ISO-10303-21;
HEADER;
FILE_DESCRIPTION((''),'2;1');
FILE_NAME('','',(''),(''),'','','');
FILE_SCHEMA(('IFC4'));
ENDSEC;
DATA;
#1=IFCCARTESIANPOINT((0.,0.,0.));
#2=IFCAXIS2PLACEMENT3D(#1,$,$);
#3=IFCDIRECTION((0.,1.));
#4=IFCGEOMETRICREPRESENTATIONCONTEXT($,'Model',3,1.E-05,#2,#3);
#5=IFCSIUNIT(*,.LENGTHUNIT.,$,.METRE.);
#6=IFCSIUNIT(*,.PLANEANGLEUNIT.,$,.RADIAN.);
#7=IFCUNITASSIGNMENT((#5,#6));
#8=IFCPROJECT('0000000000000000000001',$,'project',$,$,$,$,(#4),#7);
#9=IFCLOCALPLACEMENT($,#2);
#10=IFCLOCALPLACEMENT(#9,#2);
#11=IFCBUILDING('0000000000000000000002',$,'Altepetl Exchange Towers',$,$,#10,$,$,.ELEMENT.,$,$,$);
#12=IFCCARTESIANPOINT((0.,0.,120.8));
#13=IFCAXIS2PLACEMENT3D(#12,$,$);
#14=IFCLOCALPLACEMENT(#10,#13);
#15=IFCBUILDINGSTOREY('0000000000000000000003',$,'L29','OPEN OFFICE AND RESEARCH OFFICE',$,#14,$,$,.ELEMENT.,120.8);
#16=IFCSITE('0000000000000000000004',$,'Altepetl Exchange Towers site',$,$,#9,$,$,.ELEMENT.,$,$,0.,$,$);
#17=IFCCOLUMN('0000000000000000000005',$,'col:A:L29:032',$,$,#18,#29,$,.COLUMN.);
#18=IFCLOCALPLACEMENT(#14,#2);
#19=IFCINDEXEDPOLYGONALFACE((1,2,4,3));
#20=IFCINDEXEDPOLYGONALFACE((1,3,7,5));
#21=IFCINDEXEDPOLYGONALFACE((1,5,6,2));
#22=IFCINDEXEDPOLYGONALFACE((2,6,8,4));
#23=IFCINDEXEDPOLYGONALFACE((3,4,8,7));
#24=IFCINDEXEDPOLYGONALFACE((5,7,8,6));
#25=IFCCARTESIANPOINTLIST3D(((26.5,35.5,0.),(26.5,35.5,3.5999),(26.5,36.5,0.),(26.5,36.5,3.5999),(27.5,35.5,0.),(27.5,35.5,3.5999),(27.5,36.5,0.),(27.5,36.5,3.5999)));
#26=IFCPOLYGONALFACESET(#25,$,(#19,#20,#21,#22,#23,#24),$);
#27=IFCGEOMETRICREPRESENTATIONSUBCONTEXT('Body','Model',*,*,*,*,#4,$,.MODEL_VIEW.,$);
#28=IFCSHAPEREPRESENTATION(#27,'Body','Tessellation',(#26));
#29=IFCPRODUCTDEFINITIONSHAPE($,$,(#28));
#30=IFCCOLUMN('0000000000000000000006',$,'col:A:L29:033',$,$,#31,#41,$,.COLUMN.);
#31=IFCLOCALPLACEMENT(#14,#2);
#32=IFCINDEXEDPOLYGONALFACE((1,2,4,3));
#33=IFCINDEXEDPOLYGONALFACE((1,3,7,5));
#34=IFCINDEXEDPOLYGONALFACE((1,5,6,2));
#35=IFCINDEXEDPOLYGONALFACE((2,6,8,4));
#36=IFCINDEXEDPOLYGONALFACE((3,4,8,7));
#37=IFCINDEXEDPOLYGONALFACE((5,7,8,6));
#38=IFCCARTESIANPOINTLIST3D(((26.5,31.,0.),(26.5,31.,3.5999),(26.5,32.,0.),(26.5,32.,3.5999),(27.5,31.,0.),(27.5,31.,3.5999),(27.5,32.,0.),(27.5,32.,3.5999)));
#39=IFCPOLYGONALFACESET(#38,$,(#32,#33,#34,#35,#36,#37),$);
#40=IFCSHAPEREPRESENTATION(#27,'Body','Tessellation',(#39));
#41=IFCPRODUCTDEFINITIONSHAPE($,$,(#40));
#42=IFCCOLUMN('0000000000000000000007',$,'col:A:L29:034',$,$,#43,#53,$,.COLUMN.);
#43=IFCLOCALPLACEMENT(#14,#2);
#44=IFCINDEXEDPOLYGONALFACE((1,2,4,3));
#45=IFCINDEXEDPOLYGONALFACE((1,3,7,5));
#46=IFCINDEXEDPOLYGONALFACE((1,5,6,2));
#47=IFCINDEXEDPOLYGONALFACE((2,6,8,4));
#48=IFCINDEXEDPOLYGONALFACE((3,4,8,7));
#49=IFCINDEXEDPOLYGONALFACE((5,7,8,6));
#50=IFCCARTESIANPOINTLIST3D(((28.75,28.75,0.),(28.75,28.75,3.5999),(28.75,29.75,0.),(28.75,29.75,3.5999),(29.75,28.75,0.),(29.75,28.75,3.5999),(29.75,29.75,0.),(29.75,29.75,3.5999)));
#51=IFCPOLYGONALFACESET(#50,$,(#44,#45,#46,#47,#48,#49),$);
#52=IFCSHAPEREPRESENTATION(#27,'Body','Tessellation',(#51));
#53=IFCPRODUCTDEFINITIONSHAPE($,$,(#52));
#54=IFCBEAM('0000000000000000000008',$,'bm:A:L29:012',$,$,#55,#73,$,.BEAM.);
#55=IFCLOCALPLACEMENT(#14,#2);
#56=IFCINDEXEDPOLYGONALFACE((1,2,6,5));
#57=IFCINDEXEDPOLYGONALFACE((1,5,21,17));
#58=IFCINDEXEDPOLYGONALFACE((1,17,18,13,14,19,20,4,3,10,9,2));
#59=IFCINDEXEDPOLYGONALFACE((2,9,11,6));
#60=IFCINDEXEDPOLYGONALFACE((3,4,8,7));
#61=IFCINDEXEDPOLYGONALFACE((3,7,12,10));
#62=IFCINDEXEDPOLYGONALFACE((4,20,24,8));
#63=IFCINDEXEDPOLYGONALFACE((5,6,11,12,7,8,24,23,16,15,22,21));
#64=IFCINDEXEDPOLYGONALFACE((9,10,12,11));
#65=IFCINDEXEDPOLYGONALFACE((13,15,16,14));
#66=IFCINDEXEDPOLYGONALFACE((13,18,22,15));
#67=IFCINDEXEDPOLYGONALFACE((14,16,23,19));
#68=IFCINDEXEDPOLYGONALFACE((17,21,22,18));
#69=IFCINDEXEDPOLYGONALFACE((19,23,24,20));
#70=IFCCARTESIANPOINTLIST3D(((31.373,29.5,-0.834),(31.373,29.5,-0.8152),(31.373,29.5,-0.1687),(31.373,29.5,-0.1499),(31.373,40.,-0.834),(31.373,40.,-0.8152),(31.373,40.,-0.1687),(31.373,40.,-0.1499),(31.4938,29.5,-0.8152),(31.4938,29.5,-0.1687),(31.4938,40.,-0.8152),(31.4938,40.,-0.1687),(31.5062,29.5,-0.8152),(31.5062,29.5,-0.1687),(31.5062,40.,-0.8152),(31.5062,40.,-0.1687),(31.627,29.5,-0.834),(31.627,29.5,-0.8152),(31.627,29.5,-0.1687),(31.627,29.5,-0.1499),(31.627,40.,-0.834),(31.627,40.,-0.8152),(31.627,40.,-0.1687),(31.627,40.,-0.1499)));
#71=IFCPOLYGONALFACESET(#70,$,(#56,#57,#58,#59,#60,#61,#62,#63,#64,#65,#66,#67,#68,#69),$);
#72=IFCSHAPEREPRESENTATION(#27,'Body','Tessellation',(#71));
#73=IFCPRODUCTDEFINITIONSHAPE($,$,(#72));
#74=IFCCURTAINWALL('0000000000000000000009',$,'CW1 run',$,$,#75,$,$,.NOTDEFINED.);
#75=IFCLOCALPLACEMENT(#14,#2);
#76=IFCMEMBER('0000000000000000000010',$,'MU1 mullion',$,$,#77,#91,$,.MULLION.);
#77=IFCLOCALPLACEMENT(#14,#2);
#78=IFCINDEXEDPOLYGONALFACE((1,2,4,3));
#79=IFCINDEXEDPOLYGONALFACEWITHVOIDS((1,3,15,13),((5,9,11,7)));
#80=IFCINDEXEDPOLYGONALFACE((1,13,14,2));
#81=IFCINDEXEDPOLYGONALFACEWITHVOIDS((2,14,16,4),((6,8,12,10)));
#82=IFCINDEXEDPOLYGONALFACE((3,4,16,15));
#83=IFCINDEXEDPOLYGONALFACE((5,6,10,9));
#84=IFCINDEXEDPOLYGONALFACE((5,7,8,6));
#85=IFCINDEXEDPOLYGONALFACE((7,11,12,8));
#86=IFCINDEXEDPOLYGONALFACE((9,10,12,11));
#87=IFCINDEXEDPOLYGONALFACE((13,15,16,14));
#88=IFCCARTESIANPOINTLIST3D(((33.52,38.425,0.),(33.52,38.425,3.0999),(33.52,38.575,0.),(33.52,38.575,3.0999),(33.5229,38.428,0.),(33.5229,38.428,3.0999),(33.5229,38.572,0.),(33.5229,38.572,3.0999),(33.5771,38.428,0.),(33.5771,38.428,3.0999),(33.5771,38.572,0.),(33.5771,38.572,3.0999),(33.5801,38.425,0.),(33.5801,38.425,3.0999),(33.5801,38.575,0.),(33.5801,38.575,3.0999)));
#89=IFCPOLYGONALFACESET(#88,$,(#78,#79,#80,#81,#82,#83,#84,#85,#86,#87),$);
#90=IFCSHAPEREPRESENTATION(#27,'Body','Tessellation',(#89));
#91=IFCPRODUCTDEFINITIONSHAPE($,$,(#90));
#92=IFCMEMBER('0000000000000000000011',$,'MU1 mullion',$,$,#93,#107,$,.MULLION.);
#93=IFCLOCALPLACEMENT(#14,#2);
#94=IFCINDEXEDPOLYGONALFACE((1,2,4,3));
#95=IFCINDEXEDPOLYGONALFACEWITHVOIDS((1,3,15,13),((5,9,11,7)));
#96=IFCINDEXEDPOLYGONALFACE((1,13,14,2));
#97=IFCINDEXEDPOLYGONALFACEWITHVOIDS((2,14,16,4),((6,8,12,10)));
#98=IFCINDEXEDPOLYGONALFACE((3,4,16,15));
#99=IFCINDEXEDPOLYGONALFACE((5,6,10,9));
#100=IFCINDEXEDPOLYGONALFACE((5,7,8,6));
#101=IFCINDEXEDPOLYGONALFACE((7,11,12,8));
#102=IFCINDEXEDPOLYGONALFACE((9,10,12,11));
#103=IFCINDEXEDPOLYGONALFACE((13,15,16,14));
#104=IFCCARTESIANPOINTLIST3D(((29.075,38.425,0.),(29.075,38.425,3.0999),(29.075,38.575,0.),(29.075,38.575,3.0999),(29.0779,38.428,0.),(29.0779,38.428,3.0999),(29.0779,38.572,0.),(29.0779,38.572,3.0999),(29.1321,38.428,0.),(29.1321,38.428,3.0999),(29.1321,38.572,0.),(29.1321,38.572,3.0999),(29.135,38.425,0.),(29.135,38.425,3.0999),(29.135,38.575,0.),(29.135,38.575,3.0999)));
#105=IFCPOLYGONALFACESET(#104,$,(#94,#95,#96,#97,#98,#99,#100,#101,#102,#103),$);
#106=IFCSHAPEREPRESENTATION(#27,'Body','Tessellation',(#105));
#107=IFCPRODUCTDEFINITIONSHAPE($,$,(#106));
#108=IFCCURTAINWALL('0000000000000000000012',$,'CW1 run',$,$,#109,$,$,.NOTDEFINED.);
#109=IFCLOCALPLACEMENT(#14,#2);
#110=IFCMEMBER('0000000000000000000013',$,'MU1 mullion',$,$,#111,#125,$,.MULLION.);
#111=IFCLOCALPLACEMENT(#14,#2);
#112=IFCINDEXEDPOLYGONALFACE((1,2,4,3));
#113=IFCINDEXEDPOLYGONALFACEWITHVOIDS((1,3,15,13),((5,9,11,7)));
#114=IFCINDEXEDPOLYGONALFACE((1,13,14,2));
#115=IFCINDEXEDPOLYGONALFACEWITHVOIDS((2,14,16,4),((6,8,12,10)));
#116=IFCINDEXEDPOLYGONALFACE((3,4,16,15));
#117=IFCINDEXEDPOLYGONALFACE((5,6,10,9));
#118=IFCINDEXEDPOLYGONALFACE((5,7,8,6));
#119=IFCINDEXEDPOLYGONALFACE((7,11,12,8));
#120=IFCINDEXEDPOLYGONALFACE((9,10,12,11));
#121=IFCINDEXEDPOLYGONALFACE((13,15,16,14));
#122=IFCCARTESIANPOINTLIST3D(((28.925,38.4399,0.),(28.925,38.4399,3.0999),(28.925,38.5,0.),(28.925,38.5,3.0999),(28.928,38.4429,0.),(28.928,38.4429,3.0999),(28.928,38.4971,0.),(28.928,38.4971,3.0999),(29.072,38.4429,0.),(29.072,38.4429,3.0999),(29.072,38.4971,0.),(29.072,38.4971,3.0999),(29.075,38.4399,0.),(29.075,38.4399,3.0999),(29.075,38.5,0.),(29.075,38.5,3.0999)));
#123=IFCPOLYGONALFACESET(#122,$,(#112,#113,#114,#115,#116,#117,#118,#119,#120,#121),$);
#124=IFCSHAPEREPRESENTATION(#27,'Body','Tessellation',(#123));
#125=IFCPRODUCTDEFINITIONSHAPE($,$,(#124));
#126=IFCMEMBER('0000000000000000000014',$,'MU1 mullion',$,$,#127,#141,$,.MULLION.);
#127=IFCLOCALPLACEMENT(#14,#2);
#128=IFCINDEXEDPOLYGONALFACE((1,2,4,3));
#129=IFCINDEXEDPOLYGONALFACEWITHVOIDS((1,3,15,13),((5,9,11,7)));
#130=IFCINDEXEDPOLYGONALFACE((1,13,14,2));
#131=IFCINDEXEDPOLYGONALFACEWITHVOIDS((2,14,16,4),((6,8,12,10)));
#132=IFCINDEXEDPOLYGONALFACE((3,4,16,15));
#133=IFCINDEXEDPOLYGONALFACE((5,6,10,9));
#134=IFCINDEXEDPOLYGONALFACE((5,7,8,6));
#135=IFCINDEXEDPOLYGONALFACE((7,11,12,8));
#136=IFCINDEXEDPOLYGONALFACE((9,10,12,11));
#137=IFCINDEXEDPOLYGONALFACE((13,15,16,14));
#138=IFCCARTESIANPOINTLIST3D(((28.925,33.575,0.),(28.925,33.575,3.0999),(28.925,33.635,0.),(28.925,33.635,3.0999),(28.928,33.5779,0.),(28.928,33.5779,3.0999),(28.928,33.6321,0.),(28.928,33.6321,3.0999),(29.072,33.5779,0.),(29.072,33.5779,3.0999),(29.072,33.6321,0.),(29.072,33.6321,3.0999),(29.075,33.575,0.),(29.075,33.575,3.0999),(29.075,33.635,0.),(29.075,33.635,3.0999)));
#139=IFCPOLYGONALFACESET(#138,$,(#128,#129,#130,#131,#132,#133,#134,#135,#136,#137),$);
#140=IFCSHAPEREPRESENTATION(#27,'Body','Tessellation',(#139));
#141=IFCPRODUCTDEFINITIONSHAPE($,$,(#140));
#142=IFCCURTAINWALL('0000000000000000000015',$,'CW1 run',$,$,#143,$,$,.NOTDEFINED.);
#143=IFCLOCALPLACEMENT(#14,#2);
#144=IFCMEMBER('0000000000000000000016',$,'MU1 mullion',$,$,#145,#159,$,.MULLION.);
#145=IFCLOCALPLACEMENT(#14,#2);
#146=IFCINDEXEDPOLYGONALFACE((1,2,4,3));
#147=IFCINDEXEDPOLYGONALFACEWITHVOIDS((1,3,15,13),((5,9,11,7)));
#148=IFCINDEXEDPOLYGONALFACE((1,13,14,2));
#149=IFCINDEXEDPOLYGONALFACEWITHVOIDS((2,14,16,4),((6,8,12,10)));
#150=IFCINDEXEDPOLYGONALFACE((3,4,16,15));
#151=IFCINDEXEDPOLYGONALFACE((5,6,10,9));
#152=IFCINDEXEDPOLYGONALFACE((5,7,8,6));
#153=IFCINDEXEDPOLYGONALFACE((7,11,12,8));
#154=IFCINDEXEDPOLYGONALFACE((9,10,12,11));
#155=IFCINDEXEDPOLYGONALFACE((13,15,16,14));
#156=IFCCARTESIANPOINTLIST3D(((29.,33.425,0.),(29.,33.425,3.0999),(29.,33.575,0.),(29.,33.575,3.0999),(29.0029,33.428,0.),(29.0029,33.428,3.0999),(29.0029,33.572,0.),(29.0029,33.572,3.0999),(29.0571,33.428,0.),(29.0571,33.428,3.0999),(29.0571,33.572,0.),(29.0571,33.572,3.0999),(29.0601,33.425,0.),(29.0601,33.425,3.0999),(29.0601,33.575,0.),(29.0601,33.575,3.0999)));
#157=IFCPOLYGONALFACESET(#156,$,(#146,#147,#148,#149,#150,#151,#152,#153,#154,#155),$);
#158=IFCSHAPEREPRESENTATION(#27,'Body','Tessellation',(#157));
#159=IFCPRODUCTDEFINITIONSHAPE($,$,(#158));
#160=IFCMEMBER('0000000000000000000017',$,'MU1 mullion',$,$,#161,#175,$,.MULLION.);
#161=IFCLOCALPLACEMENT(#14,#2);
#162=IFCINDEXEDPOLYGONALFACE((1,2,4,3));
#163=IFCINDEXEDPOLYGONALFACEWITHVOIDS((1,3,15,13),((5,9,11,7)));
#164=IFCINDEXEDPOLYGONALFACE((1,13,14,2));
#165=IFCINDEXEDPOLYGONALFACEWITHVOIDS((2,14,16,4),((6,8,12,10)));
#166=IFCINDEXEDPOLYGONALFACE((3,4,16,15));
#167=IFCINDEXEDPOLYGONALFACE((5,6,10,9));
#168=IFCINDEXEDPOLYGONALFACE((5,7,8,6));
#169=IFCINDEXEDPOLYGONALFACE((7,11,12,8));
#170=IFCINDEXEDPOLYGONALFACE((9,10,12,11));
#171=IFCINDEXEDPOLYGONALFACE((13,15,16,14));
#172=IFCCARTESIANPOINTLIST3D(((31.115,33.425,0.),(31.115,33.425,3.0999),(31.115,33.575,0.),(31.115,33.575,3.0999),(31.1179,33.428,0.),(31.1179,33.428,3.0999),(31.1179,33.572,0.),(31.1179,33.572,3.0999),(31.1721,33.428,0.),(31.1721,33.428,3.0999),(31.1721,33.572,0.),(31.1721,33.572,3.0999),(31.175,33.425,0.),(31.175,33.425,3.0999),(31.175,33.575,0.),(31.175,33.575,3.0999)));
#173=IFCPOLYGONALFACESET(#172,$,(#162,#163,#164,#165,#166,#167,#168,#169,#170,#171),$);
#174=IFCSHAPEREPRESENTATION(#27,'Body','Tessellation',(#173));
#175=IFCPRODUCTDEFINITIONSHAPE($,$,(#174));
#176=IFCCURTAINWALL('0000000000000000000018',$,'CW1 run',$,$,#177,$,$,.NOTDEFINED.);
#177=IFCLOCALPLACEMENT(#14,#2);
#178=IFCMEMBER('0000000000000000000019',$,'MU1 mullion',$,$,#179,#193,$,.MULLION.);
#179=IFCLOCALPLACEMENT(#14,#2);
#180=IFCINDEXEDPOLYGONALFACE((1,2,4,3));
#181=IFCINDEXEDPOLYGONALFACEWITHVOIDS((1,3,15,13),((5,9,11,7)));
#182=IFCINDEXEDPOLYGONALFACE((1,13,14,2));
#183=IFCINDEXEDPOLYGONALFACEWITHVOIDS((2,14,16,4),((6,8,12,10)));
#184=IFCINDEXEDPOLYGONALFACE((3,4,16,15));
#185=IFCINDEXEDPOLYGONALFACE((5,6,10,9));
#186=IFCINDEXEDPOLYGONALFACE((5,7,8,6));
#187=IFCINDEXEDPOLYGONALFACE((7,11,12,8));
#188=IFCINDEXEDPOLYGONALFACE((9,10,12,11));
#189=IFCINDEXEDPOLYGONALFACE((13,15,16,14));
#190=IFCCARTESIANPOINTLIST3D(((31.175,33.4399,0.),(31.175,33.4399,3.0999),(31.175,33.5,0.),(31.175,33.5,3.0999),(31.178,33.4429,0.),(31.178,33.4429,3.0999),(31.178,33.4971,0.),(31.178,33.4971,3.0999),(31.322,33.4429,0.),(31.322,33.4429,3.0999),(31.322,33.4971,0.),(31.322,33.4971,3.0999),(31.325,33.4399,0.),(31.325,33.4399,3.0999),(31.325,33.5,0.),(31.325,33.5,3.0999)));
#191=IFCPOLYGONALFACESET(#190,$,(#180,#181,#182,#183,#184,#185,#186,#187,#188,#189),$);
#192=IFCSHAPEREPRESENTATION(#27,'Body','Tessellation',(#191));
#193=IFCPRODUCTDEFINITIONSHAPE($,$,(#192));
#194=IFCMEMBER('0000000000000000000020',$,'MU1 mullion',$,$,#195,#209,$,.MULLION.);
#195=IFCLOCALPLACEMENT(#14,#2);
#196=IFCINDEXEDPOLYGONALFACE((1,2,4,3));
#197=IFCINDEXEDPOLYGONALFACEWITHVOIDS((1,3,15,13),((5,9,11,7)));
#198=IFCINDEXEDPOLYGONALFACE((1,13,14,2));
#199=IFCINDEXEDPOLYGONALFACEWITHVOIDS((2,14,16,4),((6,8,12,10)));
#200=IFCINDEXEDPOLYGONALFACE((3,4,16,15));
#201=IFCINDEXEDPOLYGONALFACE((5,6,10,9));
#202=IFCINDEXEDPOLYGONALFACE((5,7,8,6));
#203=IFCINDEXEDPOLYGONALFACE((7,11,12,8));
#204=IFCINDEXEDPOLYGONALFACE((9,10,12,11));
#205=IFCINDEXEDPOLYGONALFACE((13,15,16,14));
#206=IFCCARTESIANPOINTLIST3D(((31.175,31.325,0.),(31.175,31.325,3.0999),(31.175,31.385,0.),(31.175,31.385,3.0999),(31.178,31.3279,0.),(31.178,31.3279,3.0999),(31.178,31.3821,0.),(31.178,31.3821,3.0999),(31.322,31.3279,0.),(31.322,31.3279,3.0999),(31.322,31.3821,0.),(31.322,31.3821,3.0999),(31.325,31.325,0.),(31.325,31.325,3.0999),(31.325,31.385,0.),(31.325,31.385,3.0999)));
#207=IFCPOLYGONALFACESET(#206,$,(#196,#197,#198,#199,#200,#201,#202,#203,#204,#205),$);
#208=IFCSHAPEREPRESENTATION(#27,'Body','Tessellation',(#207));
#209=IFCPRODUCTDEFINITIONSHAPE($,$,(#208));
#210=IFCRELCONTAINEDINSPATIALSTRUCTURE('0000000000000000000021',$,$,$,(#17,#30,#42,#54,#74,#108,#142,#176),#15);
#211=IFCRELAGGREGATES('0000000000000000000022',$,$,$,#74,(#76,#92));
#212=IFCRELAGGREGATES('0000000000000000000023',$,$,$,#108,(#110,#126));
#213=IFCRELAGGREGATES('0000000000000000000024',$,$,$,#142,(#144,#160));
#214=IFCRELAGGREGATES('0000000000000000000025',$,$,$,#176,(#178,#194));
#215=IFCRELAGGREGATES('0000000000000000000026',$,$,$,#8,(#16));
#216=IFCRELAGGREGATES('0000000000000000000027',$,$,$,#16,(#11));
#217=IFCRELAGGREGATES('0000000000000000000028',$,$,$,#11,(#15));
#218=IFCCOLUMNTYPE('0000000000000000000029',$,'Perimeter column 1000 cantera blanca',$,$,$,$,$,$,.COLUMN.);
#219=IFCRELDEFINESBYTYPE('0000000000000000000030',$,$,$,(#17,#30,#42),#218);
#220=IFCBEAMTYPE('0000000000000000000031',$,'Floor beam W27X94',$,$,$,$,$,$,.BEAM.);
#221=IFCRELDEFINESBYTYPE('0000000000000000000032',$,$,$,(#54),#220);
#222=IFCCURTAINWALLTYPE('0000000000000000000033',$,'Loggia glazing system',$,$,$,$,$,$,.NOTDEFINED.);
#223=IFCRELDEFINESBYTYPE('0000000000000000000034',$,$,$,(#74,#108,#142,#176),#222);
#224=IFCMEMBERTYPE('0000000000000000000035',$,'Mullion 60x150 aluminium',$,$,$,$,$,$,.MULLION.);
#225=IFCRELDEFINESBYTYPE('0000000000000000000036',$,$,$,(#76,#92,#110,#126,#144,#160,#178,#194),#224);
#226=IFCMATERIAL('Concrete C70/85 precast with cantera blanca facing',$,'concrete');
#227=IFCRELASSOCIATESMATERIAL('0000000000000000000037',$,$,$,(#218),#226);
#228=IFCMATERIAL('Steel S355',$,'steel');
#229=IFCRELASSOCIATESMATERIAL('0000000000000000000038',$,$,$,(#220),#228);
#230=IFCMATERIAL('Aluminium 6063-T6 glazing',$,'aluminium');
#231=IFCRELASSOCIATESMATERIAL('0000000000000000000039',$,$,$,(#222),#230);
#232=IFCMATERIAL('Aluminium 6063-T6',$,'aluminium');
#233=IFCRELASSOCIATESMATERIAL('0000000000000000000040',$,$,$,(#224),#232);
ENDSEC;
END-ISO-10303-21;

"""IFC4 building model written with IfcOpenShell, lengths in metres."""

from ifc_helpers import new_model, si_unit, direction, frame, origin, origin_2d, place, context, subcontext, project, spatial, rectangle, hollow_rectangle, i_section, extrude, material, material_profile, profile_set, type_object, element, aggregate, save


model = new_model("IFC4")

# Units and contexts
model_context = context("Model", 3, precision=1e-05, world=origin(), true_north=direction((0.0, 1.0)))
body_context = subcontext(model_context, "Body", "Model", "MODEL_VIEW")
ifc_project = project(units=[si_unit("LENGTHUNIT", "METRE"), si_unit("PLANEANGLEUNIT", "RADIAN")], contexts=[model_context])

# Site, building, storey
site_placement = place(None, origin())
site = spatial("IfcSite", under=ifc_project, at=site_placement, Name="Altepetl Exchange Towers site", CompositionType="ELEMENT", RefElevation=0.0)
building_placement = place(site_placement, origin())
building = spatial("IfcBuilding", under=site, at=building_placement, Name="Altepetl Exchange Towers", CompositionType="ELEMENT")
storey_placement = place(building_placement, frame((0.0, 0.0, 120.8)))
storey = spatial("IfcBuildingStorey", under=building, at=storey_placement, Name="L29", Description="OPEN OFFICE AND RESEARCH OFFICE", CompositionType="ELEMENT", Elevation=120.8)

# Columns
ifc_material_1 = material(Name="Concrete C70/85 precast with cantera blanca facing", Category="concrete")
ifc_material_profile_1 = material_profile(ifc_material_1, rectangle(XDim=1.0, YDim=1.0, at=origin_2d()), Name="1000 x 1000")
ifc_profile_set_1 = profile_set([ifc_material_profile_1], Name="Concrete C70/85 precast with cantera blanca facing")
column_type = type_object("IfcColumnType", Name="Perimeter column 1000 cantera blanca", PredefinedType="COLUMN", material=ifc_profile_set_1)
for number, where, name in (
    (1, (27.0, 36.0, 0.0), "col:A:L29:032"),
    (2, (27.0, 31.5, 0.0), "col:A:L29:033"),
    (3, (29.25, 29.25, 0.0), "col:A:L29:034"),
):
    element("IfcColumn", number, at=place(storey_placement, frame(where)), inside=storey, type_object=column_type, Name=name, PredefinedType="COLUMN", context=body_context, shape_type="SweptSolid", body=[
        extrude(rectangle(XDim=1.0, YDim=1.0, at=origin_2d()), origin(), (0.0, 0.0, 1.0), 3.5999),
    ])

# Beam
ifc_material_2 = material(Name="Steel S355", Category="steel")
ifc_material_profile_2 = material_profile(ifc_material_2, i_section(OverallWidth=0.2539, OverallDepth=0.6841, WebThickness=0.0125, FlangeThickness=0.0188, at=origin_2d()), Name="W27X94")
ifc_profile_set_2 = profile_set([ifc_material_profile_2], Name="Steel S355")
beam_type_1 = type_object("IfcBeamType", Name="Floor beam W27X94", PredefinedType="BEAM", material=ifc_profile_set_2)
beam_1_placement = place(storey_placement, frame((31.5, 29.5, -0.4919), z_axis=(0.0, 1.0, 0.0), x_axis=(-1.0, 0.0, 0.0)))
element("IfcBeam", 4, at=beam_1_placement, inside=storey, type_object=beam_type_1, Name="bm:A:L29:012", PredefinedType="BEAM", context=body_context, shape_type="SweptSolid", body=[
    extrude(i_section(OverallWidth=0.2539, OverallDepth=0.6841, WebThickness=0.0125, FlangeThickness=0.0188, at=origin_2d()), origin(), (0.0, 0.0, 1.0), 10.5),
])

# Curtain walls, members
ifc_material_3 = material(Name="Aluminium 6063-T6 glazing", Category="aluminium")
curtain_wall_type = type_object("IfcCurtainWallType", Name="Loggia glazing system", PredefinedType="NOTDEFINED", material=ifc_material_3)
curtain_wall_1_placement = place(storey_placement, origin())
curtain_wall_1 = element("IfcCurtainWall", 5, at=curtain_wall_1_placement, inside=storey, type_object=curtain_wall_type, Name="CW1 run", PredefinedType="NOTDEFINED")
ifc_material_4 = material(Name="Aluminium 6063-T6", Category="aluminium")
ifc_material_profile_3 = material_profile(ifc_material_4, hollow_rectangle(XDim=0.0601, YDim=0.1499, WallThickness=0.0029, at=origin_2d()), Name="Mullion 60x150 aluminium")
ifc_profile_set_3 = profile_set([ifc_material_profile_3], Name="Aluminium 6063-T6")
member_type = type_object("IfcMemberType", Name="Mullion 60x150 aluminium", PredefinedType="MULLION", material=ifc_profile_set_3)
member_1_placement = place(storey_placement, frame((33.55, 38.5, 0.0), z_axis=(0.0, 0.0, 1.0), x_axis=(-1.0, 0.0, 0.0)))
member_1 = element("IfcMember", 6, at=member_1_placement, type_object=member_type, Name="MU1 mullion", PredefinedType="MULLION", context=body_context, shape_type="SweptSolid", body=[
    extrude(hollow_rectangle(XDim=0.0601, YDim=0.1499, WallThickness=0.0029, at=origin_2d()), origin(), (0.0, 0.0, 1.0), 3.0999),
])
member_2_placement = place(storey_placement, frame((29.105, 38.5, 0.0), z_axis=(0.0, 0.0, 1.0), x_axis=(-1.0, 0.0, 0.0)))
member_2 = element("IfcMember", 7, at=member_2_placement, type_object=member_type, Name="MU1 mullion", PredefinedType="MULLION", context=body_context, shape_type="SweptSolid", body=[
    extrude(hollow_rectangle(XDim=0.0601, YDim=0.1499, WallThickness=0.0029, at=origin_2d()), origin(), (0.0, 0.0, 1.0), 3.0999),
])
curtain_wall_2_placement = place(storey_placement, origin())
curtain_wall_2 = element("IfcCurtainWall", 8, at=curtain_wall_2_placement, inside=storey, type_object=curtain_wall_type, Name="CW1 run", PredefinedType="NOTDEFINED")
member_3_placement = place(storey_placement, frame((29.0, 38.47, 0.0), z_axis=(0.0, 0.0, 1.0), x_axis=(0.0, -1.0, 0.0)))
member_3 = element("IfcMember", 9, at=member_3_placement, type_object=member_type, Name="MU1 mullion", PredefinedType="MULLION", context=body_context, shape_type="SweptSolid", body=[
    extrude(hollow_rectangle(XDim=0.0601, YDim=0.1499, WallThickness=0.0029, at=origin_2d()), origin(), (0.0, 0.0, 1.0), 3.0999),
])
member_4_placement = place(storey_placement, frame((29.0, 33.605, 0.0), z_axis=(0.0, 0.0, 1.0), x_axis=(0.0, -1.0, 0.0)))
member_4 = element("IfcMember", 10, at=member_4_placement, type_object=member_type, Name="MU1 mullion", PredefinedType="MULLION", context=body_context, shape_type="SweptSolid", body=[
    extrude(hollow_rectangle(XDim=0.0601, YDim=0.1499, WallThickness=0.0029, at=origin_2d()), origin(), (0.0, 0.0, 1.0), 3.0999),
])
curtain_wall_3_placement = place(storey_placement, origin())
curtain_wall_3 = element("IfcCurtainWall", 11, at=curtain_wall_3_placement, inside=storey, type_object=curtain_wall_type, Name="CW1 run", PredefinedType="NOTDEFINED")
member_5_placement = place(storey_placement, frame((29.03, 33.5, 0.0)))
member_5 = element("IfcMember", 12, at=member_5_placement, type_object=member_type, Name="MU1 mullion", PredefinedType="MULLION", context=body_context, shape_type="SweptSolid", body=[
    extrude(hollow_rectangle(XDim=0.0601, YDim=0.1499, WallThickness=0.0029, at=origin_2d()), origin(), (0.0, 0.0, 1.0), 3.0999),
])
member_6_placement = place(storey_placement, frame((31.145, 33.5, 0.0)))
member_6 = element("IfcMember", 13, at=member_6_placement, type_object=member_type, Name="MU1 mullion", PredefinedType="MULLION", context=body_context, shape_type="SweptSolid", body=[
    extrude(hollow_rectangle(XDim=0.0601, YDim=0.1499, WallThickness=0.0029, at=origin_2d()), origin(), (0.0, 0.0, 1.0), 3.0999),
])
curtain_wall_4_placement = place(storey_placement, origin())
curtain_wall_4 = element("IfcCurtainWall", 14, at=curtain_wall_4_placement, inside=storey, type_object=curtain_wall_type, Name="CW1 run", PredefinedType="NOTDEFINED")
member_7_placement = place(storey_placement, frame((31.25, 33.47, 0.0), z_axis=(0.0, 0.0, 1.0), x_axis=(0.0, -1.0, 0.0)))
member_7 = element("IfcMember", 15, at=member_7_placement, type_object=member_type, Name="MU1 mullion", PredefinedType="MULLION", context=body_context, shape_type="SweptSolid", body=[
    extrude(hollow_rectangle(XDim=0.0601, YDim=0.1499, WallThickness=0.0029, at=origin_2d()), origin(), (0.0, 0.0, 1.0), 3.0999),
])
member_8_placement = place(storey_placement, frame((31.25, 31.355, 0.0), z_axis=(0.0, 0.0, 1.0), x_axis=(0.0, -1.0, 0.0)))
member_8 = element("IfcMember", 16, at=member_8_placement, type_object=member_type, Name="MU1 mullion", PredefinedType="MULLION", context=body_context, shape_type="SweptSolid", body=[
    extrude(hollow_rectangle(XDim=0.0601, YDim=0.1499, WallThickness=0.0029, at=origin_2d()), origin(), (0.0, 0.0, 1.0), 3.0999),
])

aggregate(curtain_wall_1, [member_1, member_2])
aggregate(curtain_wall_2, [member_3, member_4])
aggregate(curtain_wall_3, [member_5, member_6])
aggregate(curtain_wall_4, [member_7, member_8])

save(model, "model.ifc")
